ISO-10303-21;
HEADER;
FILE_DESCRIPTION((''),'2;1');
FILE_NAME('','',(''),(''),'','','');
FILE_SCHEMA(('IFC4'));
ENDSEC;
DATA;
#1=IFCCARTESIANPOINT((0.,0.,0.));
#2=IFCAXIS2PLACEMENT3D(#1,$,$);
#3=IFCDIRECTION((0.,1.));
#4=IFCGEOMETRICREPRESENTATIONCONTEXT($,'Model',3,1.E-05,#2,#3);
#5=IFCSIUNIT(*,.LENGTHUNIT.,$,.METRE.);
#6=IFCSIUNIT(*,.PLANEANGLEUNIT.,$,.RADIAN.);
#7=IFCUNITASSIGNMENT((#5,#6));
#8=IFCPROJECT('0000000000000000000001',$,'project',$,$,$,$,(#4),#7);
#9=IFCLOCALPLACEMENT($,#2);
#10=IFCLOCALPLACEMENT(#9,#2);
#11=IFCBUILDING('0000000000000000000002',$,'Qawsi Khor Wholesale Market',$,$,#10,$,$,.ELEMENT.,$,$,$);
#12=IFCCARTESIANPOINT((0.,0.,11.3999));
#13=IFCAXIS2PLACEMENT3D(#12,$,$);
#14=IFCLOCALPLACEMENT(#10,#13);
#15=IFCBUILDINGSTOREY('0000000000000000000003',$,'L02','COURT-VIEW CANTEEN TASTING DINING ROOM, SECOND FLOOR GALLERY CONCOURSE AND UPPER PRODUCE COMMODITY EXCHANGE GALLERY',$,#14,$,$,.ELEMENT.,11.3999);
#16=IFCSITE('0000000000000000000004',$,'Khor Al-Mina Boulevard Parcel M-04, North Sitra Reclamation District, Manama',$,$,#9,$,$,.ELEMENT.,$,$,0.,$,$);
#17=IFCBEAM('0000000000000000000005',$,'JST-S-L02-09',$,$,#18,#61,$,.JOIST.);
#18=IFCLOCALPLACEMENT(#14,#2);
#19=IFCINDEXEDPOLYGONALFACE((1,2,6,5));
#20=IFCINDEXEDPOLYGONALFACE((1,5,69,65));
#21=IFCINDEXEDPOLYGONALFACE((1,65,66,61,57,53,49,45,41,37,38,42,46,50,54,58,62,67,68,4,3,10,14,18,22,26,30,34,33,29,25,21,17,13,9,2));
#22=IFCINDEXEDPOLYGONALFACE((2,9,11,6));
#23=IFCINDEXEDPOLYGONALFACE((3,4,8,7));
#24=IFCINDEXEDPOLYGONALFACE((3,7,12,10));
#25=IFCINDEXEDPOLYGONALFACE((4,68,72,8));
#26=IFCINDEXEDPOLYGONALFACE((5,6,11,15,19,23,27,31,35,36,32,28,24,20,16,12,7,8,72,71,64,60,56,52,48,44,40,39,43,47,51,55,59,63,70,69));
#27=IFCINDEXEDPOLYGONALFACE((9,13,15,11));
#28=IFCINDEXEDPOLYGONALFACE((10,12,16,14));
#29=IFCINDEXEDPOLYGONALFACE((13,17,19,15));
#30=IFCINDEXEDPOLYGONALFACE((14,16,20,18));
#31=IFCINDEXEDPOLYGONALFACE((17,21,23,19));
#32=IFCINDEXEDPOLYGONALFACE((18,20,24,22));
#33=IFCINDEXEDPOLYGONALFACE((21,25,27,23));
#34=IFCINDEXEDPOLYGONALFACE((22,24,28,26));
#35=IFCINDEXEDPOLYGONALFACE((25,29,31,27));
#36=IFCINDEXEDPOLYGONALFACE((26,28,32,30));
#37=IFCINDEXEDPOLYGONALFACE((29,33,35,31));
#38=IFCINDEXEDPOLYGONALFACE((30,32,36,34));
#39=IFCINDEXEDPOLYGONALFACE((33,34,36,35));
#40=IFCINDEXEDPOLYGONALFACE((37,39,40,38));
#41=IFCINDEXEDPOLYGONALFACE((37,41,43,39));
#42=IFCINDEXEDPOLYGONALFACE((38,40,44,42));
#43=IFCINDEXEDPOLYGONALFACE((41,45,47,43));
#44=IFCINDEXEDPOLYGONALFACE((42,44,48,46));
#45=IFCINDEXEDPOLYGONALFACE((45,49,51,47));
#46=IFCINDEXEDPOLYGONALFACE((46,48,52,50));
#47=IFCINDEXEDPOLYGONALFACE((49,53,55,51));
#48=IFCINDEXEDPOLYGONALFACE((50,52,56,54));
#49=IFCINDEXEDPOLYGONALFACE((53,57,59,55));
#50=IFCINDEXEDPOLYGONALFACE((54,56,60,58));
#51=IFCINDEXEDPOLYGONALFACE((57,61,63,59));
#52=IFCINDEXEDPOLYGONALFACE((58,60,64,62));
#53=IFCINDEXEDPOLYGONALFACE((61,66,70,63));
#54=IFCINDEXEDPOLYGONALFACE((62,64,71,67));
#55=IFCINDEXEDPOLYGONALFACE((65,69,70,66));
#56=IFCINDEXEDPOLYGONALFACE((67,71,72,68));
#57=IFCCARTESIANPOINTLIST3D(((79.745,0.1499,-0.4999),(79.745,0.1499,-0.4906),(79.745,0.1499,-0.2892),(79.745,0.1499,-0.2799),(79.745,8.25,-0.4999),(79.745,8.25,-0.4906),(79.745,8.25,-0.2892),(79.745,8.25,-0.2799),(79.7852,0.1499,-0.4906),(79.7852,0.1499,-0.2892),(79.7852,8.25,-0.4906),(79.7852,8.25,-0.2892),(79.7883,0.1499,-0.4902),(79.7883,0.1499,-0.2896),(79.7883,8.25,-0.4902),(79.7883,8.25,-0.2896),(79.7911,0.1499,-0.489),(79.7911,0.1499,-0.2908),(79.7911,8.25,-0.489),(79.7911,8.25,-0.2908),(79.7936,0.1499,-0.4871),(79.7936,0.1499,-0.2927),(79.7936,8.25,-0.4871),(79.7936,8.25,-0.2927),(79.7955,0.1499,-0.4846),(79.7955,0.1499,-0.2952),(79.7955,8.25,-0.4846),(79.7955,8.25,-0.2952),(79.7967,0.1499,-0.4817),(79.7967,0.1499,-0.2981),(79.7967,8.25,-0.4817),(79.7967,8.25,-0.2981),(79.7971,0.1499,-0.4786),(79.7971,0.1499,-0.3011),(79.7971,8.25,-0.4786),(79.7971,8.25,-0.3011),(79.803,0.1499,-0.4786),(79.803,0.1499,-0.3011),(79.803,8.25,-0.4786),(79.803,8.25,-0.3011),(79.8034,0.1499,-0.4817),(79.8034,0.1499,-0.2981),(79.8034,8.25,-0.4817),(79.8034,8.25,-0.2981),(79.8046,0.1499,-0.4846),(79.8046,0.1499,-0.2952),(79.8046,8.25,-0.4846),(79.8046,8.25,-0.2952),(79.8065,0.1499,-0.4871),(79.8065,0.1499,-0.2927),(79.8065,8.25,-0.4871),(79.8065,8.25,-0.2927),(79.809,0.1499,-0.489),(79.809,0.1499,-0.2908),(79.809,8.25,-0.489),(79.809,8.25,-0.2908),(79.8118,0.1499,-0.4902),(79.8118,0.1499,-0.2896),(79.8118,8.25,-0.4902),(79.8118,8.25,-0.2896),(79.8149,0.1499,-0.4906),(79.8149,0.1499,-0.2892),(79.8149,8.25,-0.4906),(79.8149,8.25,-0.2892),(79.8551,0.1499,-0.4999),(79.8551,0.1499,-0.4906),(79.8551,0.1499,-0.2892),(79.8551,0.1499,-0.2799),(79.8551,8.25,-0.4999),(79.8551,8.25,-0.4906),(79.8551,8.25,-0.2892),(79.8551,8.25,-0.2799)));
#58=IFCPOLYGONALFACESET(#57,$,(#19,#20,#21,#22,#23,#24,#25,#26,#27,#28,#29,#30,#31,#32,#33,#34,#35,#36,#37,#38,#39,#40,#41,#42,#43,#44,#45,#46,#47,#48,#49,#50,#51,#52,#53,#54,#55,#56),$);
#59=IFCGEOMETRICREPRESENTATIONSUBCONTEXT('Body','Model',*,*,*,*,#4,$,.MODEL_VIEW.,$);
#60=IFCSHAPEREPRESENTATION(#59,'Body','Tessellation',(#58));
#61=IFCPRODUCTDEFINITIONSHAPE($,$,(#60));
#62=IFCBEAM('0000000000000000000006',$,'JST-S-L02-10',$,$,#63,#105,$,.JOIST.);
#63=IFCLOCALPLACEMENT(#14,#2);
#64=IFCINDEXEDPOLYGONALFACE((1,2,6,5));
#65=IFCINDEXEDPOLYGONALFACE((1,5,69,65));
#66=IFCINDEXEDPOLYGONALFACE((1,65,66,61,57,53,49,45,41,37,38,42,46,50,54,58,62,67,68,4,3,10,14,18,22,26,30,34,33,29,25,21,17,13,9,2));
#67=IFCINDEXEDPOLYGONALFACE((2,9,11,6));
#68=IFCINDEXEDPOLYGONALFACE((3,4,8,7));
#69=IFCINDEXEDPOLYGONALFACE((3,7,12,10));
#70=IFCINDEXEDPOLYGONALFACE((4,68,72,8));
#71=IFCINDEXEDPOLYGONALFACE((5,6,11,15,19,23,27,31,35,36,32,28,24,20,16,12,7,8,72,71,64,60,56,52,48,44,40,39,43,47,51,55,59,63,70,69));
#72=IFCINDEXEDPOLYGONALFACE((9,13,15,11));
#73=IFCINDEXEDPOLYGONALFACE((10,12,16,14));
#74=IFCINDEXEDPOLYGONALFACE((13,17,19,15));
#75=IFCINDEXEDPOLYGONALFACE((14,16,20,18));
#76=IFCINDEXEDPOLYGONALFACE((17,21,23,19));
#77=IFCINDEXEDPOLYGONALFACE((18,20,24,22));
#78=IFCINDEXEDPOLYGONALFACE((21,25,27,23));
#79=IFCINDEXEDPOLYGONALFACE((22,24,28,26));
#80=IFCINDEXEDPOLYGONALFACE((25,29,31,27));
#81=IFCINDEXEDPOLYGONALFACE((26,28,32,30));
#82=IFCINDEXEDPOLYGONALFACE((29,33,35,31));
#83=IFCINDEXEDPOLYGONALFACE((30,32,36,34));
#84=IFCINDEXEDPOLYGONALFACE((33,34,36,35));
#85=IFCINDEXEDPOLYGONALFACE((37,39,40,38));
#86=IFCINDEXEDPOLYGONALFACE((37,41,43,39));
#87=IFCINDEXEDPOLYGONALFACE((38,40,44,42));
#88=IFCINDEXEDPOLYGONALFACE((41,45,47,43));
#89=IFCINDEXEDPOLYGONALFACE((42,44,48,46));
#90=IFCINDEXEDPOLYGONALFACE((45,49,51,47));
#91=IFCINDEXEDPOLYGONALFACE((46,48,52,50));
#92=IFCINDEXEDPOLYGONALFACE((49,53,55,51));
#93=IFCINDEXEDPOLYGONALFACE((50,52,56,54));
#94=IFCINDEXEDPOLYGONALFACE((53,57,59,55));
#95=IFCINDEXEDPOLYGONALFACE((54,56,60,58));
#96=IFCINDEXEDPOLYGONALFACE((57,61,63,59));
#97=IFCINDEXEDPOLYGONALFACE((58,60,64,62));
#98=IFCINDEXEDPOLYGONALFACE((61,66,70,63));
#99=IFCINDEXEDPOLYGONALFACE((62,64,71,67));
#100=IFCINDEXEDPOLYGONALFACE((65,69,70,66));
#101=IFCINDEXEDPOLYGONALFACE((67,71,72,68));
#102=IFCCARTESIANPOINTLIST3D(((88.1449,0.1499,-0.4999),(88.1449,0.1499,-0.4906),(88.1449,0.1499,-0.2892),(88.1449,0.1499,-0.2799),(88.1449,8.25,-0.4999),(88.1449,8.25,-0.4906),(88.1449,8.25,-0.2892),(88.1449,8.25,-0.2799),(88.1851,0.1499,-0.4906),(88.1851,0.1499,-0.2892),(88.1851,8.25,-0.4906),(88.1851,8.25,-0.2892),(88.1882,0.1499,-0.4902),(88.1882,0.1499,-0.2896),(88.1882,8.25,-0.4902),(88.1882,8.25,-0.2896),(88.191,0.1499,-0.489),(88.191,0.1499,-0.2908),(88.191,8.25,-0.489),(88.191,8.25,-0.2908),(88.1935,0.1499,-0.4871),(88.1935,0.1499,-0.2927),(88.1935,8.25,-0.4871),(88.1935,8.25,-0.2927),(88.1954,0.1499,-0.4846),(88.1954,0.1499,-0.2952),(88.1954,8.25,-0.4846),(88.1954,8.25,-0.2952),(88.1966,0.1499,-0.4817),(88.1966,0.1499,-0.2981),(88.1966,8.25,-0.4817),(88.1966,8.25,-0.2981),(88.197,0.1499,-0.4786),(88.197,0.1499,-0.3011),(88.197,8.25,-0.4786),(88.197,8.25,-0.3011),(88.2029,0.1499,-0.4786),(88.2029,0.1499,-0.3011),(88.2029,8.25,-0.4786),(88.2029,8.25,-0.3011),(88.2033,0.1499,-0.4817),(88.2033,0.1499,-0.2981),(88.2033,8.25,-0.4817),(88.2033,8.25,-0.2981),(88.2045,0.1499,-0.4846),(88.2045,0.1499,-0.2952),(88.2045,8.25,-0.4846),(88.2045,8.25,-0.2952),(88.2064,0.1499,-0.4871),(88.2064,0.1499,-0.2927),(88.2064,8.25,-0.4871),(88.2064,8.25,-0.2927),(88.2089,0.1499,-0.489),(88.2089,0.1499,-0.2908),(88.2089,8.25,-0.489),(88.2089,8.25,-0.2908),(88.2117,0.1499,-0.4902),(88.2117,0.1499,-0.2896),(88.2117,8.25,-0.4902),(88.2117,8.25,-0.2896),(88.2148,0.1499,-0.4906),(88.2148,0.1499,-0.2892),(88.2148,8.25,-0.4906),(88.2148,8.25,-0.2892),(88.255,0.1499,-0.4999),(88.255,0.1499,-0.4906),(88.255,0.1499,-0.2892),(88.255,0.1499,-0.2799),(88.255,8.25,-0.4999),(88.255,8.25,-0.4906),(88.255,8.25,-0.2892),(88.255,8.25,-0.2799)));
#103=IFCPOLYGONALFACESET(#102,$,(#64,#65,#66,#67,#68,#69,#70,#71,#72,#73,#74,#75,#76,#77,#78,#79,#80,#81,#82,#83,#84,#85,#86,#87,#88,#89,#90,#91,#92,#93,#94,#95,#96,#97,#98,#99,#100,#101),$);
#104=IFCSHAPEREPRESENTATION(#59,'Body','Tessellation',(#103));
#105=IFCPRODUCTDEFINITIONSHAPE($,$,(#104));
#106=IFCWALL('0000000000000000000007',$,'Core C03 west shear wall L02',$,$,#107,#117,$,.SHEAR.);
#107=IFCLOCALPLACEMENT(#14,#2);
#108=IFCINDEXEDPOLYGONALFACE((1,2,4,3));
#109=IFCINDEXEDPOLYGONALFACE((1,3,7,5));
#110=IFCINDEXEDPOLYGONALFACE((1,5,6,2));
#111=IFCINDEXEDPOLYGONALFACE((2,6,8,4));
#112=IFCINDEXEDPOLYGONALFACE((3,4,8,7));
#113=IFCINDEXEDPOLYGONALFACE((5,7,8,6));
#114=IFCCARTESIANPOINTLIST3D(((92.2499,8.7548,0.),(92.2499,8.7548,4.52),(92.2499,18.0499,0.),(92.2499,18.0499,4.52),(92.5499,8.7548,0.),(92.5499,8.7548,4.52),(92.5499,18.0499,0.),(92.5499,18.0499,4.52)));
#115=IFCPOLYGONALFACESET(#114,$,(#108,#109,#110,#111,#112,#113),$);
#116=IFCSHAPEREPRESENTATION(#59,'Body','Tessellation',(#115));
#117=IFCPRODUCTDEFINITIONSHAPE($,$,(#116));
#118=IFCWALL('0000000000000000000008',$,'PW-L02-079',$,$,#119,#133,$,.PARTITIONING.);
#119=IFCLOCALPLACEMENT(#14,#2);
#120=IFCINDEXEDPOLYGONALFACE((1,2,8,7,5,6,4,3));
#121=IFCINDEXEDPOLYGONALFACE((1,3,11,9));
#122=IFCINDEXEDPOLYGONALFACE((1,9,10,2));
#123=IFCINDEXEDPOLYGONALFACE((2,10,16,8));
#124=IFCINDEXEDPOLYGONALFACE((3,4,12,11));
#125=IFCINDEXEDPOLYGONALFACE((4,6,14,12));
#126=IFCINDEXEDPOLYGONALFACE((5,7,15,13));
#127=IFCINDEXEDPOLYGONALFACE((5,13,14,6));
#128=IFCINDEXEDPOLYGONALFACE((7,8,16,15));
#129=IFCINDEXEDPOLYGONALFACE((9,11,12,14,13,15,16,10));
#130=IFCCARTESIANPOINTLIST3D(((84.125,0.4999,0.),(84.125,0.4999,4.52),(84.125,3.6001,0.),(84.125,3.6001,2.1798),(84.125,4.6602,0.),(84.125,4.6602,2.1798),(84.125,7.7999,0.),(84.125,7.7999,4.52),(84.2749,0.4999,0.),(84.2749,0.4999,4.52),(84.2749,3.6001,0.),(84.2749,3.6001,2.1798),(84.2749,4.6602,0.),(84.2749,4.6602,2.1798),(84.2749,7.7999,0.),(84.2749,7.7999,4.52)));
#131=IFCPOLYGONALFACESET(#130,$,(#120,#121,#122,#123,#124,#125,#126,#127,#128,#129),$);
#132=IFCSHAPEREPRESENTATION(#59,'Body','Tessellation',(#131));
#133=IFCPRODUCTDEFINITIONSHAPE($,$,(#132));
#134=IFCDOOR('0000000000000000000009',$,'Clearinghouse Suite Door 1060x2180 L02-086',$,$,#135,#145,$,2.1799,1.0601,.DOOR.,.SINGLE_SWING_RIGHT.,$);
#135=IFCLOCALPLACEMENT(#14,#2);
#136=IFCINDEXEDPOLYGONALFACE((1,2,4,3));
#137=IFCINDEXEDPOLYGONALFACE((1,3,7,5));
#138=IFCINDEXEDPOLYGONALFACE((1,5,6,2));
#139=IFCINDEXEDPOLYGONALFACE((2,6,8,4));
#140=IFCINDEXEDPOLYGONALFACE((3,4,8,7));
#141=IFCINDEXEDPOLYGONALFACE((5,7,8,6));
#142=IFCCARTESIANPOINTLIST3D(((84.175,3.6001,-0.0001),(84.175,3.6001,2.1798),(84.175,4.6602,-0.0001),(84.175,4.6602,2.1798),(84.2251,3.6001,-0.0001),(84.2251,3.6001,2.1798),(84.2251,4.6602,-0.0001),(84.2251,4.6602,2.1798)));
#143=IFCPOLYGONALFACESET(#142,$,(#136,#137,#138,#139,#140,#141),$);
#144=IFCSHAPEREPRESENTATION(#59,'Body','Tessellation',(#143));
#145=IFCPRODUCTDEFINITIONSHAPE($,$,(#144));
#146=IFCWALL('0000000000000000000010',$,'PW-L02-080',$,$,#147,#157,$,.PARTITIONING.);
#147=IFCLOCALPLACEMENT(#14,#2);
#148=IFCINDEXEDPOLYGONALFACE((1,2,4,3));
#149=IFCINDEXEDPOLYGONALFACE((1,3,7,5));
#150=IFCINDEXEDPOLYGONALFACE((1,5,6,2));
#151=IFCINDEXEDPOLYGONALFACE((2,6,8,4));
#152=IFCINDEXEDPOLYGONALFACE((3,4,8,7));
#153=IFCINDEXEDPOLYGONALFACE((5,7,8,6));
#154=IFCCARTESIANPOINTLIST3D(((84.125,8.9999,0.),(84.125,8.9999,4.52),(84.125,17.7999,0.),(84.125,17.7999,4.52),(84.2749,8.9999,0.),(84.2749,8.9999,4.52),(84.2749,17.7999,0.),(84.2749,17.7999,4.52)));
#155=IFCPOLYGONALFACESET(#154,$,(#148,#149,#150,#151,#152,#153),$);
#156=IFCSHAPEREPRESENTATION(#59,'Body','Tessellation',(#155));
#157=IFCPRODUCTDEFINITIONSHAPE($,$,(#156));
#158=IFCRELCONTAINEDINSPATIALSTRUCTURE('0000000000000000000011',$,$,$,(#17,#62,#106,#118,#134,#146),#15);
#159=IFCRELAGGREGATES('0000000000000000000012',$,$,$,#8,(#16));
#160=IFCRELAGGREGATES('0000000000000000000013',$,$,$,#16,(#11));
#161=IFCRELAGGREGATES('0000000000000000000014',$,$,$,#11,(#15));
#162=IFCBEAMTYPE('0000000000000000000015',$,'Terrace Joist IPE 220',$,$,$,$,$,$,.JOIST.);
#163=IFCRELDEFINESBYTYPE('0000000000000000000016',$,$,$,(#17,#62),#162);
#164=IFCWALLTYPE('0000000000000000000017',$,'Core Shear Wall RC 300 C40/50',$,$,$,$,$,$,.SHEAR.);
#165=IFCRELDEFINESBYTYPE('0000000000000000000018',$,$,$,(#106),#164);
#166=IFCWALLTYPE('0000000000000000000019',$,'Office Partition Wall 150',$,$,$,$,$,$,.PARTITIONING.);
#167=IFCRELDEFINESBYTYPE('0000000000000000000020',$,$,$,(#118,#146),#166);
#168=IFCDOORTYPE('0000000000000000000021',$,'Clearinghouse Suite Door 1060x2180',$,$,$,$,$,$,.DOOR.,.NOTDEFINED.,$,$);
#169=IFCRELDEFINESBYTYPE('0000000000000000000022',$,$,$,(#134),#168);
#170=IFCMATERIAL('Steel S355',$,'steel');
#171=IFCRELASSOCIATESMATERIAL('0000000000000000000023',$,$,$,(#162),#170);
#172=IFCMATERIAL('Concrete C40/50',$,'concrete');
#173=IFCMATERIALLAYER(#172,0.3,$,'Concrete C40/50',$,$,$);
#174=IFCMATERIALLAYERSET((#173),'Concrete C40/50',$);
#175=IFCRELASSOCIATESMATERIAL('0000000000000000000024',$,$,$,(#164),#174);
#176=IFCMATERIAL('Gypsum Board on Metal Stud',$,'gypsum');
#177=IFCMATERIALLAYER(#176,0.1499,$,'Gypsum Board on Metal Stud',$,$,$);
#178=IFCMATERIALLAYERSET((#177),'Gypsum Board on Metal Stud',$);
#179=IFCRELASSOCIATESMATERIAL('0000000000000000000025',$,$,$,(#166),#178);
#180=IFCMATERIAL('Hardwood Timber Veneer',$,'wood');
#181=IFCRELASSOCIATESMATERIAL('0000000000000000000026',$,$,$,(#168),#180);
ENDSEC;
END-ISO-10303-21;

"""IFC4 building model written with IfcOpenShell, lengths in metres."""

from ifc_helpers import new_model, si_unit, direction, frame, frame_2d, origin, origin_2d, place, context, subcontext, project, spatial, rectangle, i_section, extrude, material, layer, layer_set, material_profile, profile_set, type_object, element, fill, save


model = new_model("IFC4")

# Units and contexts
model_context = context("Model", 3, precision=1e-05, world=origin(), true_north=direction((0.0, 1.0)))
body_context = subcontext(model_context, "Body", "Model", "MODEL_VIEW")
ifc_project = project(units=[si_unit("LENGTHUNIT", "METRE"), si_unit("PLANEANGLEUNIT", "RADIAN")], contexts=[model_context])

# Site, building, storey
site_placement = place(None, origin())
site = spatial("IfcSite", under=ifc_project, at=site_placement, Name="Khor Al-Mina Boulevard Parcel M-04, North Sitra Reclamation District, Manama", CompositionType="ELEMENT", RefElevation=0.0)
building_placement = place(site_placement, origin())
building = spatial("IfcBuilding", under=site, at=building_placement, Name="Qawsi Khor Wholesale Market", CompositionType="ELEMENT")
storey_placement = place(building_placement, frame((0.0, 0.0, 11.3999)))
storey = spatial("IfcBuildingStorey", under=building, at=storey_placement, Name="L02", Description="COURT-VIEW CANTEEN TASTING DINING ROOM, SECOND FLOOR GALLERY CONCOURSE AND UPPER PRODUCE COMMODITY EXCHANGE GALLERY", CompositionType="ELEMENT", Elevation=11.3999)

# Shared definitions
ifc_material_1 = material(Name="Concrete C40/50", Category="concrete")

# Beams
ifc_material_2 = material(Name="Steel S355", Category="steel")
ifc_material_profile_1 = material_profile(ifc_material_2, i_section(OverallWidth=0.1101, OverallDepth=0.22, WebThickness=0.0059, FlangeThickness=0.0093, FilletRadius=0.012, at=origin_2d()), Name="IPE 220")
ifc_profile_set_1 = profile_set([ifc_material_profile_1], Name="Steel S355")
beam_type_1 = type_object("IfcBeamType", Name="Terrace Joist IPE 220", PredefinedType="JOIST", material=ifc_profile_set_1)
for number, where, z_axis, x_axis, name in (
    (1, (79.8, 0.1499, -0.3899), (0.0, 1.0, 0.0), (-1.0, 0.0, 0.0), "JST-S-L02-09"),
    (2, (88.2, 0.1499, -0.3899), (0.0, 1.0, 0.0), (-1.0, 0.0, 0.0), "JST-S-L02-10"),
):
    element("IfcBeam", number, at=place(storey_placement, frame(where, z_axis=z_axis, x_axis=x_axis)), inside=storey, type_object=beam_type_1, Name=name, PredefinedType="JOIST", context=body_context, shape_type="SweptSolid", body=[
        extrude(i_section(OverallWidth=0.1101, OverallDepth=0.22, WebThickness=0.0059, FlangeThickness=0.0093, FilletRadius=0.012, at=origin_2d()), origin(), (0.0, 0.0, 1.0), 8.1001),
    ])

# Wall
ifc_layer_1 = layer(ifc_material_1, 0.3, Name="Concrete C40/50")
ifc_layer_set_1 = layer_set([ifc_layer_1], Name="Concrete C40/50")
wall_type_1 = type_object("IfcWallType", Name="Core Shear Wall RC 300 C40/50", PredefinedType="SHEAR", material=ifc_layer_set_1)
wall_1_placement = place(storey_placement, frame((92.3999, 8.7549, 0.0), z_axis=(0.0, 0.0, 1.0), x_axis=(0.0, 1.0, 0.0)))
element("IfcWall", 3, at=wall_1_placement, inside=storey, type_object=wall_type_1, Name="Core C03 west shear wall L02", PredefinedType="SHEAR", context=body_context, shape_type="SweptSolid", body=[
    extrude(rectangle(XDim=9.2952, YDim=0.3, at=frame_2d((4.6475, 0.0))), origin(), (0.0, 0.0, 1.0), 4.52),
])

# Wall, opening, door
ifc_material_3 = material(Name="Gypsum Board on Metal Stud", Category="gypsum")
ifc_layer_2 = layer(ifc_material_3, 0.1499, Name="Gypsum Board on Metal Stud")
ifc_layer_set_2 = layer_set([ifc_layer_2], Name="Gypsum Board on Metal Stud")
wall_type_2 = type_object("IfcWallType", Name="Office Partition Wall 150", PredefinedType="PARTITIONING", material=ifc_layer_set_2)
wall_2_placement = place(storey_placement, frame((84.2, 0.5, 0.0), z_axis=(0.0, 0.0, 1.0), x_axis=(0.0, 1.0, 0.0)))
wall_2 = element("IfcWall", 4, at=wall_2_placement, inside=storey, type_object=wall_type_2, Name="PW-L02-079", PredefinedType="PARTITIONING", context=body_context, shape_type="SweptSolid", body=[
    extrude(rectangle(XDim=7.3, YDim=0.1499, at=frame_2d((3.6499, 0.0))), origin(), (0.0, 0.0, 1.0), 4.52),
])
opening_placement = place(wall_2_placement, frame((3.1001, 0.0, 0.0)))
opening = element("IfcOpeningElement", 5, at=opening_placement, cuts=wall_2, PredefinedType="OPENING", context=body_context, shape_type="SweptSolid", body=[
    extrude(rectangle(XDim=1.0601, YDim=2.1799, at=frame_2d((0.53, 1.0898))), frame((0.0, 0.085, 0.0), z_axis=(0.0, -1.0, 0.0), x_axis=(1.0, 0.0, 0.0)), (0.0, 0.0, 1.0), 0.1699),
])
ifc_material_4 = material(Name="Hardwood Timber Veneer", Category="wood")
door_type = type_object("IfcDoorType", Name="Clearinghouse Suite Door 1060x2180", OperationType="NOTDEFINED", PredefinedType="DOOR", material=ifc_material_4)
door_placement = place(opening_placement, origin())
door = element("IfcDoor", 6, at=door_placement, inside=storey, type_object=door_type, Name="Clearinghouse Suite Door 1060x2180 L02-086", OperationType="SINGLE_SWING_RIGHT", OverallHeight=2.1799, OverallWidth=1.0601, PredefinedType="DOOR", context=body_context, shape_type="SweptSolid", body=[
    extrude(rectangle(XDim=1.0601, YDim=2.1799, at=frame_2d((0.53, 1.0898))), frame((0.0, 0.0249, 0.0), z_axis=(0.0, -1.0, 0.0), x_axis=(1.0, 0.0, 0.0)), (0.0, 0.0, 1.0), 0.05),
])
fill(opening, door)

# Wall
wall_3_placement = place(storey_placement, frame((84.2, 9.0, 0.0), z_axis=(0.0, 0.0, 1.0), x_axis=(0.0, 1.0, 0.0)))
element("IfcWall", 7, at=wall_3_placement, inside=storey, type_object=wall_type_2, Name="PW-L02-080", PredefinedType="PARTITIONING", context=body_context, shape_type="SweptSolid", body=[
    extrude(rectangle(XDim=8.8, YDim=0.1499, at=frame_2d((4.3999, 0.0))), origin(), (0.0, 0.0, 1.0), 4.52),
])

save(model, "model.ifc")
